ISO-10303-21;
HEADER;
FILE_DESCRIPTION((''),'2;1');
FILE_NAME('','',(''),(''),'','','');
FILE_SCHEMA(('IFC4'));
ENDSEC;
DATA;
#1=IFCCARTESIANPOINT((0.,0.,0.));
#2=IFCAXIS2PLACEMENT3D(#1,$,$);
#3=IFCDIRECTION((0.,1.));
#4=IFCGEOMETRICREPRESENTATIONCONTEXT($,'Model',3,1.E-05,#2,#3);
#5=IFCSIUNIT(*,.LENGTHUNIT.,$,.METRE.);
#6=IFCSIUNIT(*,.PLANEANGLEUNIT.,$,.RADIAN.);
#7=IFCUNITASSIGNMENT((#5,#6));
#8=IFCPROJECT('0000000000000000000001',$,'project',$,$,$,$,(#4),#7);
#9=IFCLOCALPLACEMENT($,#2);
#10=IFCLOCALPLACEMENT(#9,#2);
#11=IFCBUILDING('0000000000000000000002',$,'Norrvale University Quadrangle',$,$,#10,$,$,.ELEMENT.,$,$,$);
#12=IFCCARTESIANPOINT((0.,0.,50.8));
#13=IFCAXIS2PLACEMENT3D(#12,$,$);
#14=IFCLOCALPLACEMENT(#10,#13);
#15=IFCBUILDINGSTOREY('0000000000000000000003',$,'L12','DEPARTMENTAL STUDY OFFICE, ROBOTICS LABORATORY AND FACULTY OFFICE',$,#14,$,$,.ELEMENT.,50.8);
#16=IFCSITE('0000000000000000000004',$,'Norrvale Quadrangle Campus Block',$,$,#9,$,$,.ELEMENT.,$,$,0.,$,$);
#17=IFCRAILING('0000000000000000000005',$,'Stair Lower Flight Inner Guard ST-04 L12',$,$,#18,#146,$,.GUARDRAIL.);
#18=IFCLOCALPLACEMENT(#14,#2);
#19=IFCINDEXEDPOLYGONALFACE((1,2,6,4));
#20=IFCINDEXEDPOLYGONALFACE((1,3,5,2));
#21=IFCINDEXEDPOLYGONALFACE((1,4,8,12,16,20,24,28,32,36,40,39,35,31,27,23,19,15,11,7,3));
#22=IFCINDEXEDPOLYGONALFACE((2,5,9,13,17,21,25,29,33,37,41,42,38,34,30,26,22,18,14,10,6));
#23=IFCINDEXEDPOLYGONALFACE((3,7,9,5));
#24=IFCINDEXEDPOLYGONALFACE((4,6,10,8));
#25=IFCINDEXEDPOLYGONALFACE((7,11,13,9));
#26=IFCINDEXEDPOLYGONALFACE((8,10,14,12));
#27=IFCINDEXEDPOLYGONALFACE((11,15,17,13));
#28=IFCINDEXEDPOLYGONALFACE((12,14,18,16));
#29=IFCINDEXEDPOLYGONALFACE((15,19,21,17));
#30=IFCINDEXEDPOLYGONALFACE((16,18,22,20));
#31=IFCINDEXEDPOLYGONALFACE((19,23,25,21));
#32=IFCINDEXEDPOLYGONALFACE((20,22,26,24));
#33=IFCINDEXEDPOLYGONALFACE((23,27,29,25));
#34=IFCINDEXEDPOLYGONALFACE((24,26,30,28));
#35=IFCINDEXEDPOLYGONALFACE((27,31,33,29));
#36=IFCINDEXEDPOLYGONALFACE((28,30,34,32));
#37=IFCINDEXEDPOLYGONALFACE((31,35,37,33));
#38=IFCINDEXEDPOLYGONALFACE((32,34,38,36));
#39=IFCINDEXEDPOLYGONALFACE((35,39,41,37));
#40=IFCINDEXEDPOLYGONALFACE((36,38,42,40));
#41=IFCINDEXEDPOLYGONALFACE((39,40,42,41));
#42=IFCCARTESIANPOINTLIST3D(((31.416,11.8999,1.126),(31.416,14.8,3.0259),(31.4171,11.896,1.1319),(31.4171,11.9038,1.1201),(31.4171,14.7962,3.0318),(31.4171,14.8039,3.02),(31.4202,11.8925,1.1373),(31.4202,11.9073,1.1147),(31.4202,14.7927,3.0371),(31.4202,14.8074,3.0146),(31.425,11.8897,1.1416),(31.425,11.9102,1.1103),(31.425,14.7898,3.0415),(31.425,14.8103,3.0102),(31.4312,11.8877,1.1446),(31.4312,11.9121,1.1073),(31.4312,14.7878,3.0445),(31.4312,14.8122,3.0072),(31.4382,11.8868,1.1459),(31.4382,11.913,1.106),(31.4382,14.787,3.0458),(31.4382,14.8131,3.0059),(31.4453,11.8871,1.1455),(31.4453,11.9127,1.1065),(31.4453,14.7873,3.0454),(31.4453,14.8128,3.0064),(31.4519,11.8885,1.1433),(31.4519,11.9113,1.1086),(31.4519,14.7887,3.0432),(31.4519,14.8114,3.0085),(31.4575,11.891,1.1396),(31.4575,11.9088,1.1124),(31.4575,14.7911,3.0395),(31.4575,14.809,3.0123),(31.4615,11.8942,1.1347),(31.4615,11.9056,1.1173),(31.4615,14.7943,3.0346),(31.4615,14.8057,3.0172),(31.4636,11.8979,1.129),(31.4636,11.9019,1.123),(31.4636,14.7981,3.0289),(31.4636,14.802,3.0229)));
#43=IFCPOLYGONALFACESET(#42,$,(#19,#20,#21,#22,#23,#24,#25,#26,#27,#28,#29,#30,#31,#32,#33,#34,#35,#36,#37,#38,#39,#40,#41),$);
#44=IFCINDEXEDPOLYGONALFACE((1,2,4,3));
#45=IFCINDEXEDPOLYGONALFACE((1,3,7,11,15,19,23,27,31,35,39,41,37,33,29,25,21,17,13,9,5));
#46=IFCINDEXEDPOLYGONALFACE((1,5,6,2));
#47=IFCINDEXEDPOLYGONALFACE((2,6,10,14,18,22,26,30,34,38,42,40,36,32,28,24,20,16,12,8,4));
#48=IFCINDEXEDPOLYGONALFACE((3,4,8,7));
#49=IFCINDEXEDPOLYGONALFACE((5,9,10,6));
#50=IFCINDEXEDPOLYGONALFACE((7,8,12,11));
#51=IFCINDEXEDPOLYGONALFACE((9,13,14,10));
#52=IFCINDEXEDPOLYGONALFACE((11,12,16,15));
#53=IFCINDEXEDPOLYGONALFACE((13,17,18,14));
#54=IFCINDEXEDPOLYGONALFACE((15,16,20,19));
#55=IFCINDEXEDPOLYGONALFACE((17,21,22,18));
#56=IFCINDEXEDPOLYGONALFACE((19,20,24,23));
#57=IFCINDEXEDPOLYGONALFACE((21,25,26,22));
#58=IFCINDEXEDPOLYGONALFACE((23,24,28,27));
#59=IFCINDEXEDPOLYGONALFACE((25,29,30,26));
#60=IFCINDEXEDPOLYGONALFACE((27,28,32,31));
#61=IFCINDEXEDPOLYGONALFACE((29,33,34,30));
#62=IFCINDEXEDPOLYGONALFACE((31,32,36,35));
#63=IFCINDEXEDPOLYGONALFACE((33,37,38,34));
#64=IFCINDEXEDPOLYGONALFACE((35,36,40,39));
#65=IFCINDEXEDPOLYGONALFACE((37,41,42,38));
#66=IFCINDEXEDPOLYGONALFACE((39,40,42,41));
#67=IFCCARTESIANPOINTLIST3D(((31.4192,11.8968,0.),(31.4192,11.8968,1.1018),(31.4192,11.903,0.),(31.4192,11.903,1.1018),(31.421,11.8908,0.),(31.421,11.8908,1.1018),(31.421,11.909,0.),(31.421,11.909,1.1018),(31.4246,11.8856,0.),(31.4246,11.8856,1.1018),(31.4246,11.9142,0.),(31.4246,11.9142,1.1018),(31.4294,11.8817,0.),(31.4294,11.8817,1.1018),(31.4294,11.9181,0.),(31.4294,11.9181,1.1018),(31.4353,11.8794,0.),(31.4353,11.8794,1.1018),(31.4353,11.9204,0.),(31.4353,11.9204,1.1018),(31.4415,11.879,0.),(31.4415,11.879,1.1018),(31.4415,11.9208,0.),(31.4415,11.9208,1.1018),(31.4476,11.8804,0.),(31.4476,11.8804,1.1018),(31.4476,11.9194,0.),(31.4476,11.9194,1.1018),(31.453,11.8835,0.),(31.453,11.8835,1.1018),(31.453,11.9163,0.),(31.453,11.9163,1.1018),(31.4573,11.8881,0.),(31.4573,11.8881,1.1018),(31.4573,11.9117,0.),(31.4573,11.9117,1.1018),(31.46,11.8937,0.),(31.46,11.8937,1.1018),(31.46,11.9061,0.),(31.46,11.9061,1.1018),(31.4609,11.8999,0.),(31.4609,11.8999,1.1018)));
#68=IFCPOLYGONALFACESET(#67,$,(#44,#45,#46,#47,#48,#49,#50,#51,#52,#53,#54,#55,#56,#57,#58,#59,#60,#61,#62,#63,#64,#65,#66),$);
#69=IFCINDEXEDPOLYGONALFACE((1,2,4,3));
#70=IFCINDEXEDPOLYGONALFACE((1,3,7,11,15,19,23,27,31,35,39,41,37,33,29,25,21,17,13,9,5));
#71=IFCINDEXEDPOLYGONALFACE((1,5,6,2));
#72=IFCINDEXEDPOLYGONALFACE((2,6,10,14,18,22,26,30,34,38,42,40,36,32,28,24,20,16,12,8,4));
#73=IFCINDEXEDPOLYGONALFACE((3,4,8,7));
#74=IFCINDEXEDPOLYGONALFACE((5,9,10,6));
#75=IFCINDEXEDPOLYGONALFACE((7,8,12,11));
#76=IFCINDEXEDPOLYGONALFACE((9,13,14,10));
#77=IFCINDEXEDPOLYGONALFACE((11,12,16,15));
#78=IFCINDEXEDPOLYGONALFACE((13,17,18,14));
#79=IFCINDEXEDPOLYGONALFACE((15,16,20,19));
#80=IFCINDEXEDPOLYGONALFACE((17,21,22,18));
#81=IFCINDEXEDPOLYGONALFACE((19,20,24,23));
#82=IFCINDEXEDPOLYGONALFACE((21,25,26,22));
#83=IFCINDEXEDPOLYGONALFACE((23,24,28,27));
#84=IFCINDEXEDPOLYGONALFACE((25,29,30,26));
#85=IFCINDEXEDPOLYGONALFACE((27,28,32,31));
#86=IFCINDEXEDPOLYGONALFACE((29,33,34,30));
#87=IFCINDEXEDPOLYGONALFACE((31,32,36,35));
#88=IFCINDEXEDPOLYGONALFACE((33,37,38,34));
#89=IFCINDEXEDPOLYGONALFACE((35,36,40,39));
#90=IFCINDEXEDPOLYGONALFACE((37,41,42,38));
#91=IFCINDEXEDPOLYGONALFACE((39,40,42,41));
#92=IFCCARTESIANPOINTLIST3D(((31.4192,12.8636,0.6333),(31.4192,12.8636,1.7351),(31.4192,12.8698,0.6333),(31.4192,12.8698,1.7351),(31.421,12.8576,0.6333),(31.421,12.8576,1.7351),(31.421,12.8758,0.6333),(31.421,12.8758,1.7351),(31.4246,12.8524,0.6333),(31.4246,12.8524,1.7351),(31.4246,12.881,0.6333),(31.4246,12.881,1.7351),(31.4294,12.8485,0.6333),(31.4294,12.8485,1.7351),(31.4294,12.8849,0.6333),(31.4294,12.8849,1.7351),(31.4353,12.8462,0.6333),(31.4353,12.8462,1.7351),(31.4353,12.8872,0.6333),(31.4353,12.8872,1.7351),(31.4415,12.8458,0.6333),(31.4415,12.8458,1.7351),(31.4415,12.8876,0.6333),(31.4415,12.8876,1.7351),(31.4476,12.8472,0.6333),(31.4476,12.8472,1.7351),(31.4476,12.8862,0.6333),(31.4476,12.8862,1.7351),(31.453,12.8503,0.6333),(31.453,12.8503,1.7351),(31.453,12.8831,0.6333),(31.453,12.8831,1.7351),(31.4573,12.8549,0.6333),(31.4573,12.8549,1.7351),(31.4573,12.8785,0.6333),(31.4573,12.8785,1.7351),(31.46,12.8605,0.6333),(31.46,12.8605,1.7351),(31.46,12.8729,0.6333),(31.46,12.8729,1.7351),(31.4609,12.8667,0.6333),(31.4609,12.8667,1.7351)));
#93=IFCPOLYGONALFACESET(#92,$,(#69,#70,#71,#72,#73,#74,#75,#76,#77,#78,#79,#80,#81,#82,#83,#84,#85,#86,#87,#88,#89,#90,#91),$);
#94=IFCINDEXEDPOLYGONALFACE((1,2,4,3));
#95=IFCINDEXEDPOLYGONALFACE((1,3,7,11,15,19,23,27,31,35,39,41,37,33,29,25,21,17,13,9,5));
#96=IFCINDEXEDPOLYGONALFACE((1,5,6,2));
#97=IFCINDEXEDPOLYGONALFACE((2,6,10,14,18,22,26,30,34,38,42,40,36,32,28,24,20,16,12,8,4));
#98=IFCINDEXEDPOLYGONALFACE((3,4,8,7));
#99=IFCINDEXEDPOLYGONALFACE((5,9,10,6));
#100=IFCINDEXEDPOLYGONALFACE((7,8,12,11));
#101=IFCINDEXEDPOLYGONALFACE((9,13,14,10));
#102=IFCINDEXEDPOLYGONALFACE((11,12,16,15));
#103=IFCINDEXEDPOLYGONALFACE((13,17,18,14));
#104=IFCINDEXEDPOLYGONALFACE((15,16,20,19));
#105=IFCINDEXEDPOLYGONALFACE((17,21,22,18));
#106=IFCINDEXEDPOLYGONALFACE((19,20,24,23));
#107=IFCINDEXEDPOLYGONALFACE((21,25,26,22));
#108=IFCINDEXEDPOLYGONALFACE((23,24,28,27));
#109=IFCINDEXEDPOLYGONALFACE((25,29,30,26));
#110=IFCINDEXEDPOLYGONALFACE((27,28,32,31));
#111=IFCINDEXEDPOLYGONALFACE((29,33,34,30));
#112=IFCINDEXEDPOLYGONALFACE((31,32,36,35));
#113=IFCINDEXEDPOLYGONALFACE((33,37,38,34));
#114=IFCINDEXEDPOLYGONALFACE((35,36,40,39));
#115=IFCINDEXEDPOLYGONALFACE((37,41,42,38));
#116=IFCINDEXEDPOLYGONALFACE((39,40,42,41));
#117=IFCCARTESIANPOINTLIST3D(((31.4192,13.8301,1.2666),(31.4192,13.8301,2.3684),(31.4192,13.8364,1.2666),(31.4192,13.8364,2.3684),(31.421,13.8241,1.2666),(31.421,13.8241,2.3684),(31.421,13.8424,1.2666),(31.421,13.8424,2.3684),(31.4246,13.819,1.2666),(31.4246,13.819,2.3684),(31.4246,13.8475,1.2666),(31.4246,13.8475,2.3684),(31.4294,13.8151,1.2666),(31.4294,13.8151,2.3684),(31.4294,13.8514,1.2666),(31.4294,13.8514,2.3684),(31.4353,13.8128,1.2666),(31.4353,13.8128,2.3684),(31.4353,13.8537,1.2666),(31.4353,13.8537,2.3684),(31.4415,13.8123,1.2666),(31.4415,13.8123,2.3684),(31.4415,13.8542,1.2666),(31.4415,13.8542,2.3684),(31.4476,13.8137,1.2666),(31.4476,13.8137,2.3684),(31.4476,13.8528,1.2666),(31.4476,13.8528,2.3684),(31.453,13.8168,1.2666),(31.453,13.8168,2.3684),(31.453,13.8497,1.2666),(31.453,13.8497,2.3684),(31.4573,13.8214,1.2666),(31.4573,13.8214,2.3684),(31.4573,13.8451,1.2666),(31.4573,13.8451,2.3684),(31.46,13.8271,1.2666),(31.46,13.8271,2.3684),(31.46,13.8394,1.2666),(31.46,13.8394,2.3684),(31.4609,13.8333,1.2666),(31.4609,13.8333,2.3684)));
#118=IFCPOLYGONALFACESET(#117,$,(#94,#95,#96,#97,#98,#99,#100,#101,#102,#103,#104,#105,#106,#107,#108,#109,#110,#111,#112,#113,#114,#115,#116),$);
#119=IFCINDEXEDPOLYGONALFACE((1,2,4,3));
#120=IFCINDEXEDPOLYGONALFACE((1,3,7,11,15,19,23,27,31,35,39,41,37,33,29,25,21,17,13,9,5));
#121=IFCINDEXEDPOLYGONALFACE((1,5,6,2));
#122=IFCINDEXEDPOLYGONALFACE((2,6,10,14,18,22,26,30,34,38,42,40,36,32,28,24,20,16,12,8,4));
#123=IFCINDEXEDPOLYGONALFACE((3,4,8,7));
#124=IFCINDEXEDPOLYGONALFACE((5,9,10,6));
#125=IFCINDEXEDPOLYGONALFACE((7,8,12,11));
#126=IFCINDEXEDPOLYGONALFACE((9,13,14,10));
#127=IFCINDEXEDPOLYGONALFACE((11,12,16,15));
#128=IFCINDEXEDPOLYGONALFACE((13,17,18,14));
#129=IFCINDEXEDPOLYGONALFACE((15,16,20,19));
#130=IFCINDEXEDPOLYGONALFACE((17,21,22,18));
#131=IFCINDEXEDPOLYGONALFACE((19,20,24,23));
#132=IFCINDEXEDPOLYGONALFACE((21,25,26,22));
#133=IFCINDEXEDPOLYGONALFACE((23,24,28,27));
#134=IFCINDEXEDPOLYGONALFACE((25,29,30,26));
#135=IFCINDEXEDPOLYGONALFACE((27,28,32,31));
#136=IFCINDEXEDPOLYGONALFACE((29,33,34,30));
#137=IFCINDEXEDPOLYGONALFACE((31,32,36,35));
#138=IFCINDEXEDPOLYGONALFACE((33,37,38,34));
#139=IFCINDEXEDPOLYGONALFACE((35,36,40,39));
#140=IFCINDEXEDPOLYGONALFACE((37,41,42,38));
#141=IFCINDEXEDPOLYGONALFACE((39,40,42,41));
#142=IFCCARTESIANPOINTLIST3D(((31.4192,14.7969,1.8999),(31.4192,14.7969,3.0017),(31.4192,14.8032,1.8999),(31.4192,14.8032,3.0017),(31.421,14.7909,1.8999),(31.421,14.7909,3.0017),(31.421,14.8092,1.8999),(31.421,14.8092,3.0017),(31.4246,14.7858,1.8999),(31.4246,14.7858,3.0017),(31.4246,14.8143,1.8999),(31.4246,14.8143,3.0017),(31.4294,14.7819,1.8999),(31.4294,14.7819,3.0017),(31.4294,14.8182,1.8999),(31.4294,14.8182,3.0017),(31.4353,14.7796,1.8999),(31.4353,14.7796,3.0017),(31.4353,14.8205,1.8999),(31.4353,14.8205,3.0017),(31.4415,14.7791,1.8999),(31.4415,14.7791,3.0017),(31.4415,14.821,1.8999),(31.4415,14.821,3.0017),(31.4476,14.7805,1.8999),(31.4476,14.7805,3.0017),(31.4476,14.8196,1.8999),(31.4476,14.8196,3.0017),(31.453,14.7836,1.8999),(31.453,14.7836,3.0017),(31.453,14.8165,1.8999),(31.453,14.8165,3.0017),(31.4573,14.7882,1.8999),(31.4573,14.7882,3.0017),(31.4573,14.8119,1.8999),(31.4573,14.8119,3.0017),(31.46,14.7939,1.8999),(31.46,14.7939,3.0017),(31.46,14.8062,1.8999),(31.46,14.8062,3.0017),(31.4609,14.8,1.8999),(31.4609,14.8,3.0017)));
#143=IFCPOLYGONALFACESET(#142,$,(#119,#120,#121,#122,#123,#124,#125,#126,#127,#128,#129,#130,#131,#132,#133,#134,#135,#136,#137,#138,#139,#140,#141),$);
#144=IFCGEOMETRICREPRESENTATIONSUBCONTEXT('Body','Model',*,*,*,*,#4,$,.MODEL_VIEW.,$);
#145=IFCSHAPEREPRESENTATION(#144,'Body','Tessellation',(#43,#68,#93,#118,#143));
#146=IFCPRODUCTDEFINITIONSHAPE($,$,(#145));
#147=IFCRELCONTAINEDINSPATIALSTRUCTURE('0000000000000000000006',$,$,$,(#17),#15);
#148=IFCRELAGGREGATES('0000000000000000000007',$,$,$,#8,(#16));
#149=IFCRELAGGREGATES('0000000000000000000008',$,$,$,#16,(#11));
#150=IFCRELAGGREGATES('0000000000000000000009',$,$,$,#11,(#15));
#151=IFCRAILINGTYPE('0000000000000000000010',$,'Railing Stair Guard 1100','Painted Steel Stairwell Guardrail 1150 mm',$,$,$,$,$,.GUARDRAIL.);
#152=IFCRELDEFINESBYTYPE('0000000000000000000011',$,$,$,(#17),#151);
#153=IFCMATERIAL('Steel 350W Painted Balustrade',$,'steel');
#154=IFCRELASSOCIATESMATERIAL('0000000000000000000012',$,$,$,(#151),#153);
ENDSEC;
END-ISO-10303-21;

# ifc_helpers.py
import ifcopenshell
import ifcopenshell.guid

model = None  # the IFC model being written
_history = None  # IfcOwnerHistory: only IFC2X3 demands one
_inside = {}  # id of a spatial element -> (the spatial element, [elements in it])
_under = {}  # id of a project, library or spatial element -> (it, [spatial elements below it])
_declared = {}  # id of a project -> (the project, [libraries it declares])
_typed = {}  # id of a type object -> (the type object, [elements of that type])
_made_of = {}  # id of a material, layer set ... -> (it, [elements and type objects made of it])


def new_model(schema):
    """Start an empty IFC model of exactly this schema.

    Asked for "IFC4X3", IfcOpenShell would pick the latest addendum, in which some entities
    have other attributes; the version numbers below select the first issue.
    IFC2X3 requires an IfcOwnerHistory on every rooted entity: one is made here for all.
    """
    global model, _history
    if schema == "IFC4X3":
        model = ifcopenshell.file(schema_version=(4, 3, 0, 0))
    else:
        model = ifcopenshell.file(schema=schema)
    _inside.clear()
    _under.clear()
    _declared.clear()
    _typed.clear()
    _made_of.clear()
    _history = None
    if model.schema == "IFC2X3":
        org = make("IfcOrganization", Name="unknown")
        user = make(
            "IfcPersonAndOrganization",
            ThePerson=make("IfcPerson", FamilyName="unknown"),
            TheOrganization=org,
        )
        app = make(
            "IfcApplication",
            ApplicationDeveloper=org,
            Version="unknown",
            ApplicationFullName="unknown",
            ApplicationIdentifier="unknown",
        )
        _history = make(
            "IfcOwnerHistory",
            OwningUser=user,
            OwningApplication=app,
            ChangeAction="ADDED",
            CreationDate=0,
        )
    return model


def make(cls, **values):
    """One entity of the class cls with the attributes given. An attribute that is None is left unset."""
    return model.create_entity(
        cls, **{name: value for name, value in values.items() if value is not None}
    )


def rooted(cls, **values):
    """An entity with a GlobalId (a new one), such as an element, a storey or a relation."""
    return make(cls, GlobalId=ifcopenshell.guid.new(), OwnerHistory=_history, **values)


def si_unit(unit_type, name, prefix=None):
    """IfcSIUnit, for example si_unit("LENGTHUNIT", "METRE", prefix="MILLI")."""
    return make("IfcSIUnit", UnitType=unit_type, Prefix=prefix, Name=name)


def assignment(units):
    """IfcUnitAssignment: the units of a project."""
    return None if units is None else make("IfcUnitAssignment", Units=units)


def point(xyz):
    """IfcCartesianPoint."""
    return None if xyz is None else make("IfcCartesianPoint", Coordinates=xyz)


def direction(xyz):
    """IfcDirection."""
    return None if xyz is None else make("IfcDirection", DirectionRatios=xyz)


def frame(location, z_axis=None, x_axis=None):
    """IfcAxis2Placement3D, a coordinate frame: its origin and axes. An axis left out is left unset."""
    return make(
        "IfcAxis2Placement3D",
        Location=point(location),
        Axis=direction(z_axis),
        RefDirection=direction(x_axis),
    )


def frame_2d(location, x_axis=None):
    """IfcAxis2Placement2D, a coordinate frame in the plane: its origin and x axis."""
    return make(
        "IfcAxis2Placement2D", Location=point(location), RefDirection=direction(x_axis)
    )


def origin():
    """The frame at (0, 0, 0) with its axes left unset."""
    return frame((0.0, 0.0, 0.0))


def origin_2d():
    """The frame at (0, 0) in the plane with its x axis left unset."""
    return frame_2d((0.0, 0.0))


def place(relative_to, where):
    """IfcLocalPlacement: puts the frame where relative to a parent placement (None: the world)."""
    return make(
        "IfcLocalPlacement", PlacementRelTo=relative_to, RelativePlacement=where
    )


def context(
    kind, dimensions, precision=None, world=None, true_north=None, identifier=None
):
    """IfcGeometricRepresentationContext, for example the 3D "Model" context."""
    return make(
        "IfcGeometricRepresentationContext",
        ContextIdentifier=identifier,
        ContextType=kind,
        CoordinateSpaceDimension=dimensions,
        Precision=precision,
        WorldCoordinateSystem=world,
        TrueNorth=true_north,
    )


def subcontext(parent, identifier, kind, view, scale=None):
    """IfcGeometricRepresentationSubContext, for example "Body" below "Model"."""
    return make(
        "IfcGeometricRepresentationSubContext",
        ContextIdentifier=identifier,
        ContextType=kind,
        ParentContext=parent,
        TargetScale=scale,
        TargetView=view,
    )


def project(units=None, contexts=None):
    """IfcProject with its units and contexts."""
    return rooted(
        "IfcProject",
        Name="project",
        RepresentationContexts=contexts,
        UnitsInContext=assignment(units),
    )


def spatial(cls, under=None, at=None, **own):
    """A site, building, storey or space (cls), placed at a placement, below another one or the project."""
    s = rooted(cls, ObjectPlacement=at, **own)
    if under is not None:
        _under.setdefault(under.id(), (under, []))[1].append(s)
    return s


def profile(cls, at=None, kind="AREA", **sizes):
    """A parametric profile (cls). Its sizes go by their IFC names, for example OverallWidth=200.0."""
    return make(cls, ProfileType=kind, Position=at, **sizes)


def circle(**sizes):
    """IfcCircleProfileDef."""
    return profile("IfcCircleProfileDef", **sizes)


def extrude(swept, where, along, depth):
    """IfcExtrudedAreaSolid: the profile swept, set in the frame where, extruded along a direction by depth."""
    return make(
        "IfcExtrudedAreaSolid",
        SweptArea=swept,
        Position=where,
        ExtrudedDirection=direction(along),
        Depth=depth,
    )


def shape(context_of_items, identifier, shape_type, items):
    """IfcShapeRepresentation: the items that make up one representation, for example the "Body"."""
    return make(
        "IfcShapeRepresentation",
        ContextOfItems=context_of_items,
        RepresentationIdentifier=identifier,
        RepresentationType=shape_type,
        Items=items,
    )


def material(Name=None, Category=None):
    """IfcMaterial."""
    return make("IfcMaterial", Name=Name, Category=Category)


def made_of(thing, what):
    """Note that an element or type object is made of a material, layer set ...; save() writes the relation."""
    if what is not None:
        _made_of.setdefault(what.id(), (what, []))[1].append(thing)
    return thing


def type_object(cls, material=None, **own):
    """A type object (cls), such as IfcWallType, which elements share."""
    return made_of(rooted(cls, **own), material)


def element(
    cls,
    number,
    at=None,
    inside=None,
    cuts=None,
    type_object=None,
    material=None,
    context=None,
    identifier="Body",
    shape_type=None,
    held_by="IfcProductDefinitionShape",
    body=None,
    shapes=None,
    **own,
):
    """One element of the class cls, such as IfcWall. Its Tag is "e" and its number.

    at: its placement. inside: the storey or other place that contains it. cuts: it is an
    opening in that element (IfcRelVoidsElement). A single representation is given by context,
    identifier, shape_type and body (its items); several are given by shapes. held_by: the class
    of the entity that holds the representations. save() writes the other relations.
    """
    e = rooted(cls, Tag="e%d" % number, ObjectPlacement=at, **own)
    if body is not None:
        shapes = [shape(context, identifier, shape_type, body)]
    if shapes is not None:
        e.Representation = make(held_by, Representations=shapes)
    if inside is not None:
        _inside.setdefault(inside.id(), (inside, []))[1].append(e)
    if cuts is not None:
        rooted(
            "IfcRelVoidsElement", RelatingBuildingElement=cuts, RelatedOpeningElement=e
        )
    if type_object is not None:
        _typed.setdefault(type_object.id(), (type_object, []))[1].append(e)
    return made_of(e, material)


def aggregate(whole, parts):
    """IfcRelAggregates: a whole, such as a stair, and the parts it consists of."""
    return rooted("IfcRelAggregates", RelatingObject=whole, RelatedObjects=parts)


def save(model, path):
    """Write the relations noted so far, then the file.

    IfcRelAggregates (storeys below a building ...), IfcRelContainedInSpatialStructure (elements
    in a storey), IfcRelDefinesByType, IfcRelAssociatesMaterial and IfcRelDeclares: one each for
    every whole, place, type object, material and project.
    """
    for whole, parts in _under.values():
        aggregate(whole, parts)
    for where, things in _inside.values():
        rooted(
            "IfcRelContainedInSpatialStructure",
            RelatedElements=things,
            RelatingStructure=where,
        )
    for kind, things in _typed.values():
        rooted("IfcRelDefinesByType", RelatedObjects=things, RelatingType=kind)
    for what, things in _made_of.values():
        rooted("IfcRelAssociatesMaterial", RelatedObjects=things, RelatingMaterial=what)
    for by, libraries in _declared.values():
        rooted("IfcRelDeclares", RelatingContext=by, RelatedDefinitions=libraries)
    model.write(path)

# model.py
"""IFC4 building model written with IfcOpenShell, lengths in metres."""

from ifc_helpers import new_model, si_unit, direction, frame, origin, origin_2d, place, context, subcontext, project, spatial, circle, extrude, material, type_object, element, save


model = new_model("IFC4")

# Units and contexts
model_context = context("Model", 3, precision=1e-05, world=origin(), true_north=direction((0.0, 1.0)))
body_context = subcontext(model_context, "Body", "Model", "MODEL_VIEW")
ifc_project = project(units=[si_unit("LENGTHUNIT", "METRE"), si_unit("PLANEANGLEUNIT", "RADIAN")], contexts=[model_context])

# Site, building, storey
site_placement = place(None, origin())
site = spatial("IfcSite", under=ifc_project, at=site_placement, Name="Norrvale Quadrangle Campus Block", CompositionType="ELEMENT", RefElevation=0.0)
building_placement = place(site_placement, origin())
building = spatial("IfcBuilding", under=site, at=building_placement, Name="Norrvale University Quadrangle", CompositionType="ELEMENT")
storey_placement = place(building_placement, frame((0.0, 0.0, 50.8)))
storey = spatial("IfcBuildingStorey", under=building, at=storey_placement, Name="L12", Description="DEPARTMENTAL STUDY OFFICE, ROBOTICS LABORATORY AND FACULTY OFFICE", CompositionType="ELEMENT", Elevation=50.8)

# Railing
ifc_material_1 = material(Name="Steel 350W Painted Balustrade", Category="steel")
railing_type_1 = type_object("IfcRailingType", Name="Railing Stair Guard 1100", Description="Painted Steel Stairwell Guardrail 1150 mm", PredefinedType="GUARDRAIL", material=ifc_material_1)
railing_1_placement = place(storey_placement, frame((31.4399, 11.8999, 0.0)))
element("IfcRailing", 1, at=railing_1_placement, inside=storey, type_object=railing_type_1, Name="Stair Lower Flight Inner Guard ST-04 L12", PredefinedType="GUARDRAIL", context=body_context, shape_type="SweptSolid", body=[
    extrude(circle(Radius=0.0239, at=origin_2d()), frame((0.0, 0.0, 1.126), z_axis=(0.0, 0.836487, 0.547987), x_axis=(-1.0, 0.0, 0.0)), (0.0, 0.0, 1.0), 3.467),
    extrude(circle(Radius=0.021, at=origin_2d()), origin(), (0.0, 0.0, 1.0), 1.1018),
    extrude(circle(Radius=0.021, at=origin_2d()), frame((0.0, 0.9668, 0.6333)), (0.0, 0.0, 1.0), 1.1018),
    extrude(circle(Radius=0.021, at=origin_2d()), frame((0.0, 1.9333, 1.2666)), (0.0, 0.0, 1.0), 1.1018),
    extrude(circle(Radius=0.021, at=origin_2d()), frame((0.0, 2.9001, 1.8999)), (0.0, 0.0, 1.0), 1.1018),
])

save(model, "model.ifc")
